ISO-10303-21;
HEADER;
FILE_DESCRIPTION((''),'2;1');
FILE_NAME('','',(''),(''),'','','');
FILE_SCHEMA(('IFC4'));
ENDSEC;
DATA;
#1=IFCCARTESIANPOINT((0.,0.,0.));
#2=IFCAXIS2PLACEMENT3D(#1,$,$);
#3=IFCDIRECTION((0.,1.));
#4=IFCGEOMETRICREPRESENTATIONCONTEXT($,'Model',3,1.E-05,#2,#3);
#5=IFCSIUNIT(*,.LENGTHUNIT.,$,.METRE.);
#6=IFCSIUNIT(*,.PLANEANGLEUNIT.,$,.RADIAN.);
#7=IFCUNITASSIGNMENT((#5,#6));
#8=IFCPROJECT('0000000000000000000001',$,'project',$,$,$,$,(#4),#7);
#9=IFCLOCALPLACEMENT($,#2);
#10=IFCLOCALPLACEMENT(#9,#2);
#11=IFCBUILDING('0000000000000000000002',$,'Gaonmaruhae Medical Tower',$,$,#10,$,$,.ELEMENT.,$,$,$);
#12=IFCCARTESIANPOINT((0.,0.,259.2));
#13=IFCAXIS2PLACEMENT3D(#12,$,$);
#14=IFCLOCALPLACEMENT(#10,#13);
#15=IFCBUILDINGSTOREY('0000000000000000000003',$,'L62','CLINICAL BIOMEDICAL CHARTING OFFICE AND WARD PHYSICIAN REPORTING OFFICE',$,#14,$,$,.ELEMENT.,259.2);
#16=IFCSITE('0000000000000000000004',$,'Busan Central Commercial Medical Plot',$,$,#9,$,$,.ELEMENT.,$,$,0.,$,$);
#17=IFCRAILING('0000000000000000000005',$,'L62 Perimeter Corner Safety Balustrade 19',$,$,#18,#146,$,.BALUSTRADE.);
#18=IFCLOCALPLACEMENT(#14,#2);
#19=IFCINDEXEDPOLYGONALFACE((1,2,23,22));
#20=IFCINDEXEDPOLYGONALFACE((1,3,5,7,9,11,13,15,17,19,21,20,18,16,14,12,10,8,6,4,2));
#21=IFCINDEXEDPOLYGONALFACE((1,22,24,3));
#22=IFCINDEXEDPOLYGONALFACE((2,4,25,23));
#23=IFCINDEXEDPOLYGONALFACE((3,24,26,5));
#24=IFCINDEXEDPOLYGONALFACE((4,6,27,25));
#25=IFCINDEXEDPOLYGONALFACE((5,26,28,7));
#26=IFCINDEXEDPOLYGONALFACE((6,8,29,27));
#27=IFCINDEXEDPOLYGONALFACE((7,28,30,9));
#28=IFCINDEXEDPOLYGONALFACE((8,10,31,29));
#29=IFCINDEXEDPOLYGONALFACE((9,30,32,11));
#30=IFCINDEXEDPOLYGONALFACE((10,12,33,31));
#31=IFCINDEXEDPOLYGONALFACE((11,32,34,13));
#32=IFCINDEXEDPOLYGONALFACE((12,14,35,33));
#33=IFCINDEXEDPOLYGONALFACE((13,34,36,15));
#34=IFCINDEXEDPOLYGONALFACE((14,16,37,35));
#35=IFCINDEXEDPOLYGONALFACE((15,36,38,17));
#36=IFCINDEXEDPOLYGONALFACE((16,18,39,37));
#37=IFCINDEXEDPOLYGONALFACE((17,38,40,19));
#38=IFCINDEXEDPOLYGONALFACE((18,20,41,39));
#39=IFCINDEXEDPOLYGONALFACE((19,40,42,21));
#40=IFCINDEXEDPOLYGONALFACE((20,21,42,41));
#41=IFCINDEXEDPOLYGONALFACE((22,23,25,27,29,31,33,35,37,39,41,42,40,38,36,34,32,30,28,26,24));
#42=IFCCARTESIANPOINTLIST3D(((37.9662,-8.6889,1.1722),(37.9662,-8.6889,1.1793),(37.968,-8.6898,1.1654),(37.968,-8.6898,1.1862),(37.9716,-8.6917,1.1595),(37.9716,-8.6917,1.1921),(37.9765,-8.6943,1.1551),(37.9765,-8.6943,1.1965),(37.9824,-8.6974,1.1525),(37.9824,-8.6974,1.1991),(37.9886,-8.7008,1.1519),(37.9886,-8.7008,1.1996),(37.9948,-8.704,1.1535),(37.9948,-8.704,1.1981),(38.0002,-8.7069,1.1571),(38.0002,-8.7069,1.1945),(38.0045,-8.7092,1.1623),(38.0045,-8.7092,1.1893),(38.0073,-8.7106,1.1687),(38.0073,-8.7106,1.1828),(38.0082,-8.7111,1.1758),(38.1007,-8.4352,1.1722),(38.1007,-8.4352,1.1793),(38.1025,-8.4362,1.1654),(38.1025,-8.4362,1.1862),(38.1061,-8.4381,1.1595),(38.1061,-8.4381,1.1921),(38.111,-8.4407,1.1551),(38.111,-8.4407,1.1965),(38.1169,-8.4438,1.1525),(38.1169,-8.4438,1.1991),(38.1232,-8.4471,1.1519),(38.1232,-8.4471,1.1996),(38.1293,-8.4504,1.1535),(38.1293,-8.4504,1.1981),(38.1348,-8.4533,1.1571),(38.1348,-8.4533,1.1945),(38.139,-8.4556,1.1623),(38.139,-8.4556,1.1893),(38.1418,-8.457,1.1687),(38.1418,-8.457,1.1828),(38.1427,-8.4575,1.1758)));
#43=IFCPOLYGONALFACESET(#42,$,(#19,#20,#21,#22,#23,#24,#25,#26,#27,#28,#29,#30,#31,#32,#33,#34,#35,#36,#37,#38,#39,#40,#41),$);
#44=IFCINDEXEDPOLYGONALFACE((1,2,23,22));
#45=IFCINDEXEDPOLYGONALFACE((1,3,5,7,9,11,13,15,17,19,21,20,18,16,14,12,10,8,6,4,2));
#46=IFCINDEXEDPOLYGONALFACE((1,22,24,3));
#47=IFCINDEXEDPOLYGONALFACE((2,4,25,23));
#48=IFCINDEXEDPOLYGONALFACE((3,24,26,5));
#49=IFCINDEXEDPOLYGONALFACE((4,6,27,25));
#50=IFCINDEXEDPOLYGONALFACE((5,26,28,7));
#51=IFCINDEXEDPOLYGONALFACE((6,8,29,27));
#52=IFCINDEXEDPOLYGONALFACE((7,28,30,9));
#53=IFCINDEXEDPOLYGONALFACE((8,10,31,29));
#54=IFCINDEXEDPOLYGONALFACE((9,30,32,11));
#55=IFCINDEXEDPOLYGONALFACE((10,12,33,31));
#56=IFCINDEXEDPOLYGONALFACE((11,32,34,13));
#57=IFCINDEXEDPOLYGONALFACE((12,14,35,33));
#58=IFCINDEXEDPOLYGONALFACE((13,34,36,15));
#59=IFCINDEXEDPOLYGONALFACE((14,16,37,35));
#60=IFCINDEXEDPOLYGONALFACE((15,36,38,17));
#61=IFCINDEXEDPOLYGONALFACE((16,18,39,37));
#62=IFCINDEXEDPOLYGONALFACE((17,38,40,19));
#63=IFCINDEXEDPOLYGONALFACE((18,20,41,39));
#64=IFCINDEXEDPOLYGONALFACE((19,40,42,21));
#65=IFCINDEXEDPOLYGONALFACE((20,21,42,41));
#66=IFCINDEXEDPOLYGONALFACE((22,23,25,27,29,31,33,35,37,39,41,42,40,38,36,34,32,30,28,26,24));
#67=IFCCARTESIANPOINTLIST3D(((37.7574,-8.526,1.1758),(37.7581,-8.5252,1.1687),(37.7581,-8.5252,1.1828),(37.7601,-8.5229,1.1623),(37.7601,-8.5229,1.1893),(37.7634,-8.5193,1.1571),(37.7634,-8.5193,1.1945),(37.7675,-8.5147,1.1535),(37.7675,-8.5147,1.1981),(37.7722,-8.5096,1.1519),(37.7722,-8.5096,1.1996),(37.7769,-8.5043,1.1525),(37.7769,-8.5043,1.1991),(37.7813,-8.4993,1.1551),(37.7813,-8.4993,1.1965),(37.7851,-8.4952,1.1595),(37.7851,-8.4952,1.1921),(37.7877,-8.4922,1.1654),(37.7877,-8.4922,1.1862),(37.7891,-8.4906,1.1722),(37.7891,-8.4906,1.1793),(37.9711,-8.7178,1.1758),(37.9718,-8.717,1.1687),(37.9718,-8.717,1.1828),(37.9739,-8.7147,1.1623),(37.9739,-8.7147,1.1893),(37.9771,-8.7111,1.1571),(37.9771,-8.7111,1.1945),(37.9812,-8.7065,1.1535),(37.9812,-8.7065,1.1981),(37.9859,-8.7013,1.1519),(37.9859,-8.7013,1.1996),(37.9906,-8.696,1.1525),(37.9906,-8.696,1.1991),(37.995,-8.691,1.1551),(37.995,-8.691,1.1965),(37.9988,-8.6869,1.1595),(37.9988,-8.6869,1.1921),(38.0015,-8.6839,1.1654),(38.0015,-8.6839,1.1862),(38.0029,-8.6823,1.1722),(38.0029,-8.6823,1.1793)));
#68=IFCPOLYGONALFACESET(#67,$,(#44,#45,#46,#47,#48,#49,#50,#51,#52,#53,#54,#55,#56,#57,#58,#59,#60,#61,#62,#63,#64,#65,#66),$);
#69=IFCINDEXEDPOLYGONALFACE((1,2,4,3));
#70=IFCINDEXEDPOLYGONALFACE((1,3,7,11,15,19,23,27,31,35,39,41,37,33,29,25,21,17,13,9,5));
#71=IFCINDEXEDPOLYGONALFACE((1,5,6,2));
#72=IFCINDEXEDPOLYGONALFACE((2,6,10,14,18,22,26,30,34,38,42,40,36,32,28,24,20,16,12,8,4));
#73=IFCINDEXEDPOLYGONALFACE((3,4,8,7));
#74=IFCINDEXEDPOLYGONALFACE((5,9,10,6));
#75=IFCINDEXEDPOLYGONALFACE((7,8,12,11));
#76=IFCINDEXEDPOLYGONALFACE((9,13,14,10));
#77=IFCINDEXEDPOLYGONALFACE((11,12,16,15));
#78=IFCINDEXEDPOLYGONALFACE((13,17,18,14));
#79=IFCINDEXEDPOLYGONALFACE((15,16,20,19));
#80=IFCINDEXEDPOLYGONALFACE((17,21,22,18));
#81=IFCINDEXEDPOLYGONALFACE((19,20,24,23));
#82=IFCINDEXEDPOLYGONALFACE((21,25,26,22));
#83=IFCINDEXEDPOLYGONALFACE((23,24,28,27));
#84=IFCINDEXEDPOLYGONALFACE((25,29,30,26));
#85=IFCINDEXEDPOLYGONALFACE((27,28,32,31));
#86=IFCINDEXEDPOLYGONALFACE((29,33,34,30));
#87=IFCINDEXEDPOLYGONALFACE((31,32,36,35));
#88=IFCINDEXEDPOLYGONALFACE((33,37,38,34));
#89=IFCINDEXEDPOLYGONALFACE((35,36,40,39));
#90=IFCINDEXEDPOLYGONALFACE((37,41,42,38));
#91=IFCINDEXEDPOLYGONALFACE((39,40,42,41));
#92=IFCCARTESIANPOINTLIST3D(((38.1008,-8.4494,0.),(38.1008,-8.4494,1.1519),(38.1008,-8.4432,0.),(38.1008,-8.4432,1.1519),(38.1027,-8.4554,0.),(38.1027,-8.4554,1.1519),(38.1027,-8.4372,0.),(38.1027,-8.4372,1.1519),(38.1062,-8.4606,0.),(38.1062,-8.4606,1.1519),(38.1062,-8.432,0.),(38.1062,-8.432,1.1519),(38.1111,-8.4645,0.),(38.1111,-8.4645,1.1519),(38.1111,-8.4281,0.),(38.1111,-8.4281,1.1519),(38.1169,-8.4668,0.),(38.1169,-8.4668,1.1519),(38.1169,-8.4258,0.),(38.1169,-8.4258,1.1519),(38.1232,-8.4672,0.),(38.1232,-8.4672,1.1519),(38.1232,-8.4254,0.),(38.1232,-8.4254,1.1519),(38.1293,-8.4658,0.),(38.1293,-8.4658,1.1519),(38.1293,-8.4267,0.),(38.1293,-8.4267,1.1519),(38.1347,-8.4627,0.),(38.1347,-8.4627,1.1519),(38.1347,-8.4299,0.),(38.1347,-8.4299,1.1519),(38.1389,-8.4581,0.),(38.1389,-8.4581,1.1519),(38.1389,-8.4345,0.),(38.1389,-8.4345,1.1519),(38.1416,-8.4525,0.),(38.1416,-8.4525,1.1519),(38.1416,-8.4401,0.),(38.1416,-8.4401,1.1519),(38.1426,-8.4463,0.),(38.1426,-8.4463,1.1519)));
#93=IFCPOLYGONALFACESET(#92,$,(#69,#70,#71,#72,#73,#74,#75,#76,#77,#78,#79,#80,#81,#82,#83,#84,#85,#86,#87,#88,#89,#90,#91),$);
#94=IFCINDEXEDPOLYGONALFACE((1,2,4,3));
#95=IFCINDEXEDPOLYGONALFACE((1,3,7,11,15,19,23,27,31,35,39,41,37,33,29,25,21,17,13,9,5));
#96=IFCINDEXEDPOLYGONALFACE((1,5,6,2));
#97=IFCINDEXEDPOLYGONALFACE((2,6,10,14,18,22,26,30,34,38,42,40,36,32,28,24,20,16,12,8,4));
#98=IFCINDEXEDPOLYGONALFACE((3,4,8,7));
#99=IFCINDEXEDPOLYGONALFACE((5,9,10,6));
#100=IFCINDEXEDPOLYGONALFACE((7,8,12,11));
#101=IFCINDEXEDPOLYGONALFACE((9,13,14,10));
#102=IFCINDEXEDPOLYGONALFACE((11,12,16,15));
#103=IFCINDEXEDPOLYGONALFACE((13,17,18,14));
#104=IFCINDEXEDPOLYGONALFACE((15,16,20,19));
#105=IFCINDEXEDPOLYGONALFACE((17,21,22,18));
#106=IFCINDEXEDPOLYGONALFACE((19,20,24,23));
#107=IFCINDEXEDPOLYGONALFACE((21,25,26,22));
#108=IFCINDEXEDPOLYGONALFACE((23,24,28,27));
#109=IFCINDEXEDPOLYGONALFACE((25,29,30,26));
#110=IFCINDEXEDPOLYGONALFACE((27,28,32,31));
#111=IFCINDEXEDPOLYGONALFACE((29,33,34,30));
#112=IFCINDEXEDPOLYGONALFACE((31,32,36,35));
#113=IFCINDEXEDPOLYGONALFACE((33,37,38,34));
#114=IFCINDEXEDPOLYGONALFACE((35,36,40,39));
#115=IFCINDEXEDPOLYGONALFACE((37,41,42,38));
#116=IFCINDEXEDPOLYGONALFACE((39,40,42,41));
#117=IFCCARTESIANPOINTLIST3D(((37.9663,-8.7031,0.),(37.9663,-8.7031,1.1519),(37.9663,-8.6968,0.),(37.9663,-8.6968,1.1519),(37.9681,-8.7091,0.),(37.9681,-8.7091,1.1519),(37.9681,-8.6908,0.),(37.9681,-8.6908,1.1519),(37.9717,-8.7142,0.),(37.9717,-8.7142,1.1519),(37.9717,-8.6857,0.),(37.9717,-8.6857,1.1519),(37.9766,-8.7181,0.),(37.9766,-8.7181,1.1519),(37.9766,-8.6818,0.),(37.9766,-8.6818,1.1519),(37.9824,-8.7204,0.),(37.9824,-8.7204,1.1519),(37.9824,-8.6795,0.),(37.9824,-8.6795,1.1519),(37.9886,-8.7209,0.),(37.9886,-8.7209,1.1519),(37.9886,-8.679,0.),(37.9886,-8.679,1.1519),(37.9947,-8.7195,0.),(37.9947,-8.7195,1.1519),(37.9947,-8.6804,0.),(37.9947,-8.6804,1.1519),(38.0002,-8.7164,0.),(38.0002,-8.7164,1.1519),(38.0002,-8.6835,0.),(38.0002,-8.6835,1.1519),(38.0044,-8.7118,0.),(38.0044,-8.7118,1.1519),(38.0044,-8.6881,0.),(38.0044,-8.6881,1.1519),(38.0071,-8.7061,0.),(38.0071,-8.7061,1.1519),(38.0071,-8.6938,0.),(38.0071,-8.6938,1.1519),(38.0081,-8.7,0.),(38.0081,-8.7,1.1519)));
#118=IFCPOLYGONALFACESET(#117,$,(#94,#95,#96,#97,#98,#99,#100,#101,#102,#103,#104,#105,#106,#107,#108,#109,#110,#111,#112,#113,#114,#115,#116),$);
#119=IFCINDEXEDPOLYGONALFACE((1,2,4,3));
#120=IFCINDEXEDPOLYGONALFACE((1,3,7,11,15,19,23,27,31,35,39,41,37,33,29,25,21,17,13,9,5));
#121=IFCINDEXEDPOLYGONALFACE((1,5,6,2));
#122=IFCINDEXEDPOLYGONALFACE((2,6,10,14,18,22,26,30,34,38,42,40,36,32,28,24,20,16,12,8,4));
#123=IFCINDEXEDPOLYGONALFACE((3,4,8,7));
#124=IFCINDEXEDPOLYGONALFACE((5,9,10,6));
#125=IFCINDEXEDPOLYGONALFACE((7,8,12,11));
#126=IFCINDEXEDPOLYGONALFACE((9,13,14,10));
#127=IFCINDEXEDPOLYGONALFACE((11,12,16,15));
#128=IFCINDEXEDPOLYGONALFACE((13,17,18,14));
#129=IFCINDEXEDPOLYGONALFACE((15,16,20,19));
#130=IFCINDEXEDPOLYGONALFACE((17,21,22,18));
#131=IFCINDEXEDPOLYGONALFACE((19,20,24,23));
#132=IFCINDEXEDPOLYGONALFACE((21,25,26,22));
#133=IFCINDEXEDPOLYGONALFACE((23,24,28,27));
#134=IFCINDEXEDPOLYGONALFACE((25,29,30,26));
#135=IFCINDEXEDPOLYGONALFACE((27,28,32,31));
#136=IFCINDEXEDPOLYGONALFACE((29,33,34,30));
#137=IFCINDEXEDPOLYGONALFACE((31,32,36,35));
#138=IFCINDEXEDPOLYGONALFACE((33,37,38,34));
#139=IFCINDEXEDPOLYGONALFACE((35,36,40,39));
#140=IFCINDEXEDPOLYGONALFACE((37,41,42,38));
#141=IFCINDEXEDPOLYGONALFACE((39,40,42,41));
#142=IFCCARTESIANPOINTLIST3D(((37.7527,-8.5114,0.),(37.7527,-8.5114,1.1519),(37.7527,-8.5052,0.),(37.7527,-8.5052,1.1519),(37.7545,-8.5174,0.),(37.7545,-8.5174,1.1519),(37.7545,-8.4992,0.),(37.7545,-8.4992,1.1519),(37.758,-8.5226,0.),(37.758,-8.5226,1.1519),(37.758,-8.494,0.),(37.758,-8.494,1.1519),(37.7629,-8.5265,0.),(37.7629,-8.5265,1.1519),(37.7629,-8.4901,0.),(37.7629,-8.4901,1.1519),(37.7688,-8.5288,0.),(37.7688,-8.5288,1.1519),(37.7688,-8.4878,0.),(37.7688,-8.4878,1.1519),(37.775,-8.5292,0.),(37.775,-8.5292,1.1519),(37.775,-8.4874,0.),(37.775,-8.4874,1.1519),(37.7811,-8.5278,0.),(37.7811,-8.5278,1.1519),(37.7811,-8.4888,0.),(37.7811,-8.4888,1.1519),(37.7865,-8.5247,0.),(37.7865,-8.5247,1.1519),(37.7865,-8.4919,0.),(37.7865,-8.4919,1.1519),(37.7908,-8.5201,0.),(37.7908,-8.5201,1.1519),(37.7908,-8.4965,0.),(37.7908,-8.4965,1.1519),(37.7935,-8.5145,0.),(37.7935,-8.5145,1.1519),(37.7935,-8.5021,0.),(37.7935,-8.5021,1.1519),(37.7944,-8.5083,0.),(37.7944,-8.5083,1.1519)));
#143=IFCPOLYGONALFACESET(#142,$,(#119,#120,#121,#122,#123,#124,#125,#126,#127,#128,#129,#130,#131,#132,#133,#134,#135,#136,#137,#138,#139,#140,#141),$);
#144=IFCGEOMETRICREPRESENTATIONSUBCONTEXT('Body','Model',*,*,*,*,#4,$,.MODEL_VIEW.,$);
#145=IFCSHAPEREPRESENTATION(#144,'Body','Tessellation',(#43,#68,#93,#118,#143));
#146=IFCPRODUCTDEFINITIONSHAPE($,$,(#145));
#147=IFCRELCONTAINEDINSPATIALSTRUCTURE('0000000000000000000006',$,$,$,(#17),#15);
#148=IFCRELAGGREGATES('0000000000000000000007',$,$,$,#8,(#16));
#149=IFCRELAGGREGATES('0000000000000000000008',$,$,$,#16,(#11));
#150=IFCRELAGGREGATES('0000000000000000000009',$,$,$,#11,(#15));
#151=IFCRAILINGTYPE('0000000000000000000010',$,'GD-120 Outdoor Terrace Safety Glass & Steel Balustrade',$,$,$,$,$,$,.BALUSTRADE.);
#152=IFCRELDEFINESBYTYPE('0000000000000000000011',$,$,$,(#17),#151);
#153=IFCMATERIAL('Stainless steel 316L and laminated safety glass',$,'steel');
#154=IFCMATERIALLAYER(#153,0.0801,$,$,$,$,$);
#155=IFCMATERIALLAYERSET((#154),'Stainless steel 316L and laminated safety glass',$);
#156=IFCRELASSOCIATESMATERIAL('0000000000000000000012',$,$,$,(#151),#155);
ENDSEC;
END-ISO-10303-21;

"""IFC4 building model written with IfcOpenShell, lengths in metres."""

from ifc_helpers import new_model, si_unit, direction, frame, origin, origin_2d, place, context, subcontext, project, spatial, circle, extrude, material, layer, layer_set, type_object, element, save


model = new_model("IFC4")

# Units and contexts
model_context = context("Model", 3, precision=1e-05, world=origin(), true_north=direction((0.0, 1.0)))
body_context = subcontext(model_context, "Body", "Model", "MODEL_VIEW")
ifc_project = project(units=[si_unit("LENGTHUNIT", "METRE"), si_unit("PLANEANGLEUNIT", "RADIAN")], contexts=[model_context])

# Site, building, storey
site_placement = place(None, origin())
site = spatial("IfcSite", under=ifc_project, at=site_placement, Name="Busan Central Commercial Medical Plot", CompositionType="ELEMENT", RefElevation=0.0)
building_placement = place(site_placement, origin())
building = spatial("IfcBuilding", under=site, at=building_placement, Name="Gaonmaruhae Medical Tower", CompositionType="ELEMENT")
storey_placement = place(building_placement, frame((0.0, 0.0, 259.2)))
storey = spatial("IfcBuildingStorey", under=building, at=storey_placement, Name="L62", Description="CLINICAL BIOMEDICAL CHARTING OFFICE AND WARD PHYSICIAN REPORTING OFFICE", CompositionType="ELEMENT", Elevation=259.2)

# Railing
ifc_material_1 = material(Name="Stainless steel 316L and laminated safety glass", Category="steel")
ifc_layer_1 = layer(ifc_material_1, 0.0801)
ifc_layer_set_1 = layer_set([ifc_layer_1], Name="Stainless steel 316L and laminated safety glass")
railing_type = type_object("IfcRailingType", Name="GD-120 Outdoor Terrace Safety Glass & Steel Balustrade", PredefinedType="BALUSTRADE", material=ifc_layer_set_1)
railing_1_placement = place(storey_placement, frame((38.1216, -8.4463, 0.0)))
element("IfcRailing", 1, at=railing_1_placement, inside=storey, type_object=railing_type, Name="L62 Perimeter Corner Safety Balustrade 19", PredefinedType="BALUSTRADE", context=body_context, shape_type="SweptSolid", body=[
    extrude(circle(Radius=0.0239, at=origin_2d()), frame((0.0, 0.0, 1.1758), z_axis=(-0.468513, -0.883457, 0.0), x_axis=(0.883457, -0.468513, 0.0)), (0.0, 0.0, 1.0), 0.2871),
    extrude(circle(Radius=0.0239, at=origin_2d()), frame((-0.1345, -0.2537, 1.1758), z_axis=(-0.744351, 0.667789, 0.0), x_axis=(-0.667789, -0.744351, 0.0)), (0.0, 0.0, 1.0), 0.2871),
    extrude(circle(Radius=0.021, at=origin_2d()), origin(), (0.0, 0.0, 1.0), 1.1519),
    extrude(circle(Radius=0.021, at=origin_2d()), frame((-0.1345, -0.2537, 0.0)), (0.0, 0.0, 1.0), 1.1519),
    extrude(circle(Radius=0.021, at=origin_2d()), frame((-0.3481, -0.062, 0.0)), (0.0, 0.0, 1.0), 1.1519),
])

save(model, "model.ifc")
